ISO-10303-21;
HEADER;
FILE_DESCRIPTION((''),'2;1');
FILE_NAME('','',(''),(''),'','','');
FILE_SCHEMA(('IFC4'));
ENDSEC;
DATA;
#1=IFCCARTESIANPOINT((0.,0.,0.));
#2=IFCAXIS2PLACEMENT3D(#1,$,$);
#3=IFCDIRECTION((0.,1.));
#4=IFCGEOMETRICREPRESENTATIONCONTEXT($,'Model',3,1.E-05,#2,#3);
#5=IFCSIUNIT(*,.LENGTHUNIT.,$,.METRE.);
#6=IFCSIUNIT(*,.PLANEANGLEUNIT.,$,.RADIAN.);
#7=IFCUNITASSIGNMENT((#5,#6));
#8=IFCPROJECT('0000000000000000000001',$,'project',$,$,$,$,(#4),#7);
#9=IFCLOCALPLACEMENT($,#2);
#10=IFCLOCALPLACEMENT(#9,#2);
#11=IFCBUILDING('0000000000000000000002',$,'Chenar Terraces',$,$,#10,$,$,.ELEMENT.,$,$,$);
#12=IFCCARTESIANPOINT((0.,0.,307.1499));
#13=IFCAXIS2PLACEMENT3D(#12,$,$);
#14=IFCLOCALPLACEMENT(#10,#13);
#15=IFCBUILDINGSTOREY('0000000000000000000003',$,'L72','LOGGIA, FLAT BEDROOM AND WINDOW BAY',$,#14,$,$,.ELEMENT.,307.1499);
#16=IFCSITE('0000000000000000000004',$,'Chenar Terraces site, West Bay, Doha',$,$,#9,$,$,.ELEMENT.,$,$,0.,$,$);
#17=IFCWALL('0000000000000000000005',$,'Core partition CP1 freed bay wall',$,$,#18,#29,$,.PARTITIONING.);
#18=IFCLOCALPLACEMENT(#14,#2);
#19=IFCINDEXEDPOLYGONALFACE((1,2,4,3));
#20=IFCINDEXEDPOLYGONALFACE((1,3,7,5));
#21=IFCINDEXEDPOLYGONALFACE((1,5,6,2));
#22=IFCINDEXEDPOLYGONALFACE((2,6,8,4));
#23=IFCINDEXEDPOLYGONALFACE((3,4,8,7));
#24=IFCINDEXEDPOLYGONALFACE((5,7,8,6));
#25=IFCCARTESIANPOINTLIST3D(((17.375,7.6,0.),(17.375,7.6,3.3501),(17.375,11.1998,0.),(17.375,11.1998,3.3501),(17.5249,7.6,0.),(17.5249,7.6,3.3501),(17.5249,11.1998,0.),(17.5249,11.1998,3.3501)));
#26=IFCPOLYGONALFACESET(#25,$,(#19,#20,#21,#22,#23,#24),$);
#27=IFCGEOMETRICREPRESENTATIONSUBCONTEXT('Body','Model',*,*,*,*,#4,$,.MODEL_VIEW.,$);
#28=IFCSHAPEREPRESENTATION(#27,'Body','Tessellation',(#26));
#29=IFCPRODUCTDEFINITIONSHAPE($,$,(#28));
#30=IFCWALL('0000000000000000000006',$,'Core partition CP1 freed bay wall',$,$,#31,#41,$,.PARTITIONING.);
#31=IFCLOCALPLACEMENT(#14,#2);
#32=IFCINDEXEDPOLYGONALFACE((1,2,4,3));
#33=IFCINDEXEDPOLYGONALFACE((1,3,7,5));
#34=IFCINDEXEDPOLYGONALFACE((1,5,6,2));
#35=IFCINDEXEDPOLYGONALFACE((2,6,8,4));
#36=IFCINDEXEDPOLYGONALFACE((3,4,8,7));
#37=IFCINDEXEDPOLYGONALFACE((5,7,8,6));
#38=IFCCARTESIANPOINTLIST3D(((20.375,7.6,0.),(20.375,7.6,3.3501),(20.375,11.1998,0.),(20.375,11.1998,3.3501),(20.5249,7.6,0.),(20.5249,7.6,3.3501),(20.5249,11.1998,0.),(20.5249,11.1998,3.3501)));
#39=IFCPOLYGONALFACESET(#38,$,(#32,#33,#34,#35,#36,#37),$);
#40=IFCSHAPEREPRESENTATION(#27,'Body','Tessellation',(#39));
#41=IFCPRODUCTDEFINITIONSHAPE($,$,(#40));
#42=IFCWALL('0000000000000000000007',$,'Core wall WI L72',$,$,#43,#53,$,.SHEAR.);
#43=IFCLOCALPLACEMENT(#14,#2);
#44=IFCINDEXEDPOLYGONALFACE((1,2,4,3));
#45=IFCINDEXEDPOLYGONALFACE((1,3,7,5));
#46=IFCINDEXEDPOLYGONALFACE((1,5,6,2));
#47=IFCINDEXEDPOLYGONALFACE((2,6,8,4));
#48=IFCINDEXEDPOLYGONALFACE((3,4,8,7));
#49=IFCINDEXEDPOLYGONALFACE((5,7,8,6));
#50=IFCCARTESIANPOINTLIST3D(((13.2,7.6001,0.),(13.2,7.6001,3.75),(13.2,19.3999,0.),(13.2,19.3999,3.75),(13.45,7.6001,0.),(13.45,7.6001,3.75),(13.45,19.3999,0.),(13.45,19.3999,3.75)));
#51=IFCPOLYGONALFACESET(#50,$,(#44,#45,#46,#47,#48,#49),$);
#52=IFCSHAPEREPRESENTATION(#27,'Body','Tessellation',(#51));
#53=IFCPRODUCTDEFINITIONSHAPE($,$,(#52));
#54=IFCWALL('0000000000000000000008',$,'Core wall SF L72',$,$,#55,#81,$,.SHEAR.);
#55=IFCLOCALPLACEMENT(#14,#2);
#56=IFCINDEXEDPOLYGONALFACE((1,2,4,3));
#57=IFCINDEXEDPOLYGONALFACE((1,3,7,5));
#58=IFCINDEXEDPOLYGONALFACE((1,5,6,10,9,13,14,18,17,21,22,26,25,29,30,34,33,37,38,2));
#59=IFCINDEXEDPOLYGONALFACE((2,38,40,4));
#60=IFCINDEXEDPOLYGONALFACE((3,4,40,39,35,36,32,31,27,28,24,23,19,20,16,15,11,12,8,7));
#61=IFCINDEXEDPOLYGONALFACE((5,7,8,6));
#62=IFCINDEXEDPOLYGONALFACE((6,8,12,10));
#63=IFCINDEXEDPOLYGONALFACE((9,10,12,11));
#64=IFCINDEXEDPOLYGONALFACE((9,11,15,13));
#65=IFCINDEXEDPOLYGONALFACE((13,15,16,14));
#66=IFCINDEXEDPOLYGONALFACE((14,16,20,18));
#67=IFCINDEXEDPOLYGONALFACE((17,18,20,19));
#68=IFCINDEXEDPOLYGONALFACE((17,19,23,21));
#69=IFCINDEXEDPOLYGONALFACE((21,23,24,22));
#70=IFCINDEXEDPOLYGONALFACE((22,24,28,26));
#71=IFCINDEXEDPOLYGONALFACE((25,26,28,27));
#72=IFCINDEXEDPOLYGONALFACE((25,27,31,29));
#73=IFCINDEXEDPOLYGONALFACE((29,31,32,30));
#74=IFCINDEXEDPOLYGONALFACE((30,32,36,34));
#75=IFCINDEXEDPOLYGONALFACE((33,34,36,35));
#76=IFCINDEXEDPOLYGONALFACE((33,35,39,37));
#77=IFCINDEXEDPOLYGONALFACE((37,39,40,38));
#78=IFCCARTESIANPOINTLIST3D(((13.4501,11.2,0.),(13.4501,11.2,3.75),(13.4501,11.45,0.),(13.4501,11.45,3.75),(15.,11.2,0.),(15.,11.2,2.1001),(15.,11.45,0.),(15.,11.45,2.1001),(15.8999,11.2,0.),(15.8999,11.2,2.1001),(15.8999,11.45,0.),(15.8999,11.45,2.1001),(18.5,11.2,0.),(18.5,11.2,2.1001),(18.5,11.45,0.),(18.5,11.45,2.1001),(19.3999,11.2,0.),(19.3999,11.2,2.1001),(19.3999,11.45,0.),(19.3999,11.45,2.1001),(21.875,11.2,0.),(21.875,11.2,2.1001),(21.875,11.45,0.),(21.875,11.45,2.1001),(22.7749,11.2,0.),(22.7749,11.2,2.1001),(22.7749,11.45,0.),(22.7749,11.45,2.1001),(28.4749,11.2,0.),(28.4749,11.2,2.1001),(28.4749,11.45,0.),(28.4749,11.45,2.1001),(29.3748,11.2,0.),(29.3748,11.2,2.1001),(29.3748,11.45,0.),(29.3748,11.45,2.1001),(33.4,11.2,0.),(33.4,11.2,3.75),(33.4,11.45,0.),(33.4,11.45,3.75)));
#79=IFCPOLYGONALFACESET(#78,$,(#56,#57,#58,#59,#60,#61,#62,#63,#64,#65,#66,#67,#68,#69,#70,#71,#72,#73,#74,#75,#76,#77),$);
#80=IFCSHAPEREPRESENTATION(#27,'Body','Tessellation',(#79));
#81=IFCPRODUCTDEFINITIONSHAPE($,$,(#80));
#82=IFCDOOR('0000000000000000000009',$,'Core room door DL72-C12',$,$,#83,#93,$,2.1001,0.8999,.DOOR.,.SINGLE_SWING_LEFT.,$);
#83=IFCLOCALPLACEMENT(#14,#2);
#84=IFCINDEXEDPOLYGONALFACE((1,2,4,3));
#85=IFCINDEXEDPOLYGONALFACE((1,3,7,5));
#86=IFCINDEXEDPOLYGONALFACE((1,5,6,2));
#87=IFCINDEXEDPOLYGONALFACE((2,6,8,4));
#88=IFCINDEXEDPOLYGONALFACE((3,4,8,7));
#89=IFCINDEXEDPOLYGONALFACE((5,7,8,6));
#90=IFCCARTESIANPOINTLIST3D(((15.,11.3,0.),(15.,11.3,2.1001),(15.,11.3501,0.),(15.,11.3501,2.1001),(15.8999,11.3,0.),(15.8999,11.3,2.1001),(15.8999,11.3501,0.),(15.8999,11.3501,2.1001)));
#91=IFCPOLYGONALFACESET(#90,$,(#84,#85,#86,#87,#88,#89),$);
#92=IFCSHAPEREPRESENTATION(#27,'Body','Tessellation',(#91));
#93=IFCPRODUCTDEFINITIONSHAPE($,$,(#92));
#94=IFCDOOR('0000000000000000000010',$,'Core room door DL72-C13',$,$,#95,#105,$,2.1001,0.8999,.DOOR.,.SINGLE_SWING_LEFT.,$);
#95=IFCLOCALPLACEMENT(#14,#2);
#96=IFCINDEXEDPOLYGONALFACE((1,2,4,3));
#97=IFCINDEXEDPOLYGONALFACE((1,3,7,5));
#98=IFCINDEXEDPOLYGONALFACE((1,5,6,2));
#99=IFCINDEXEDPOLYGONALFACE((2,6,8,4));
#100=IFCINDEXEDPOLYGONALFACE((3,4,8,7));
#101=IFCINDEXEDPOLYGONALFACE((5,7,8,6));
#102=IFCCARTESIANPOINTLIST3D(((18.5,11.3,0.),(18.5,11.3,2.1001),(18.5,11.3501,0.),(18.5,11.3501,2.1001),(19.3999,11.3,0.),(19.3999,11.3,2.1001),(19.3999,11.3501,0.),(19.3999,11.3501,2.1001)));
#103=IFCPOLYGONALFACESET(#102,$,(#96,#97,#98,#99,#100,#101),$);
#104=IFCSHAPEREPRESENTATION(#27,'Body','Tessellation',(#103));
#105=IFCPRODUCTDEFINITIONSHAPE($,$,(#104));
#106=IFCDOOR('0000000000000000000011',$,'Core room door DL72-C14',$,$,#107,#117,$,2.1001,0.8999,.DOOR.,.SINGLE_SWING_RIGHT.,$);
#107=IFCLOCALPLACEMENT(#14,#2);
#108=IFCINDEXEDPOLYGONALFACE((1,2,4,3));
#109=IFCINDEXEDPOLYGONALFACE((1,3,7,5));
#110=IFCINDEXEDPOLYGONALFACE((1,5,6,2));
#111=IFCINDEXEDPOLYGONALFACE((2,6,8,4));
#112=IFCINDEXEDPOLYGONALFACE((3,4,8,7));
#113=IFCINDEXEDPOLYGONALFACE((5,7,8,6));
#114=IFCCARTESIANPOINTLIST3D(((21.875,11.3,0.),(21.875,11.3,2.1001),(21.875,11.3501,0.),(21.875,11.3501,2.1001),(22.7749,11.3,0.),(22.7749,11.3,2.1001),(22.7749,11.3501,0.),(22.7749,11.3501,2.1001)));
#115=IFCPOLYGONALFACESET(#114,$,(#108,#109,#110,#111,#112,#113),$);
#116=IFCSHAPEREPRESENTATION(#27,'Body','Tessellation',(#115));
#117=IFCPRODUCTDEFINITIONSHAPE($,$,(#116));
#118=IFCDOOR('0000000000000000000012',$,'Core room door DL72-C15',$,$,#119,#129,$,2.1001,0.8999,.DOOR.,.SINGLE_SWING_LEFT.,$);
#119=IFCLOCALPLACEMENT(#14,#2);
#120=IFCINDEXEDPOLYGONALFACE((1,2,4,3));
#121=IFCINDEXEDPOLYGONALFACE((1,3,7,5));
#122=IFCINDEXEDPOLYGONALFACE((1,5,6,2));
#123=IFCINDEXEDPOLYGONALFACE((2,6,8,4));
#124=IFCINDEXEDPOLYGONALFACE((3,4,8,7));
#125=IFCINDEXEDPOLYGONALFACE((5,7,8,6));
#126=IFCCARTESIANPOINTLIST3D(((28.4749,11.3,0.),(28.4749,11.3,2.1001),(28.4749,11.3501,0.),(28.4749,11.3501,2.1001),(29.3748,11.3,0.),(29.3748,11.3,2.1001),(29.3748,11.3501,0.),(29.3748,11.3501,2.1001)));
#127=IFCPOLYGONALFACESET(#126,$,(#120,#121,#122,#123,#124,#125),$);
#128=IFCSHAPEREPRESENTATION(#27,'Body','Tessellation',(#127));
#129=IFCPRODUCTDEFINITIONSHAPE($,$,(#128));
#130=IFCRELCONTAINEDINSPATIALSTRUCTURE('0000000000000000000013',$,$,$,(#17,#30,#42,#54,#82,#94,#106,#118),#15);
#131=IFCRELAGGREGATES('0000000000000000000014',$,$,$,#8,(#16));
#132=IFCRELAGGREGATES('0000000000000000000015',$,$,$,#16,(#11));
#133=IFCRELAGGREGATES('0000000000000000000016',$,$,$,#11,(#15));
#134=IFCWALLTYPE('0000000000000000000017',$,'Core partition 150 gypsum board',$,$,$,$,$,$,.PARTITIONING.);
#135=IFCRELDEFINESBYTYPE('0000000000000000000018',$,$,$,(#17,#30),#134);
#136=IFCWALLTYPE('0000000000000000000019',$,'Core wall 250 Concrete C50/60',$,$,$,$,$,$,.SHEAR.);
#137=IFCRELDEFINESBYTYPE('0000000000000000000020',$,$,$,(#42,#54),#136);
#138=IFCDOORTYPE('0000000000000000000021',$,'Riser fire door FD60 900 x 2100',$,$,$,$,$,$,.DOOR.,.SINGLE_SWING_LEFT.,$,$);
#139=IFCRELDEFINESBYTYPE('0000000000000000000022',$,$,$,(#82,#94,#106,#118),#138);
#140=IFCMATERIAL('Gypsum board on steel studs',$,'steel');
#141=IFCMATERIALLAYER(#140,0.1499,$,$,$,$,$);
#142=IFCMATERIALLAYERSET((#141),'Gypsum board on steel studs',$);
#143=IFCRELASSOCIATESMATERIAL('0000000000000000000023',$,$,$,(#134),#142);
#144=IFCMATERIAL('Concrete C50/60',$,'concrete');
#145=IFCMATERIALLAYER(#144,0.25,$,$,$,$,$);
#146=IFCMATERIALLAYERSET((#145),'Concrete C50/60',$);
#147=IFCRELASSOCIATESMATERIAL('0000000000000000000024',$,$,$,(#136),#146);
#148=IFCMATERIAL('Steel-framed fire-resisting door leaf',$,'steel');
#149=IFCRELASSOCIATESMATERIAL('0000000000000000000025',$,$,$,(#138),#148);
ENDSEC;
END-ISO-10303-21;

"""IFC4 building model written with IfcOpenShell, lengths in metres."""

from ifc_helpers import new_model, si_unit, direction, frame, frame_2d, origin, place, context, subcontext, project, spatial, rectangle, extrude, material, layer, layer_set, type_object, element, fill, save


model = new_model("IFC4")

# Units and contexts
model_context = context("Model", 3, precision=1e-05, world=origin(), true_north=direction((0.0, 1.0)))
body_context = subcontext(model_context, "Body", "Model", "MODEL_VIEW")
ifc_project = project(units=[si_unit("LENGTHUNIT", "METRE"), si_unit("PLANEANGLEUNIT", "RADIAN")], contexts=[model_context])

# Site, building, storey
site_placement = place(None, origin())
site = spatial("IfcSite", under=ifc_project, at=site_placement, Name="Chenar Terraces site, West Bay, Doha", CompositionType="ELEMENT", RefElevation=0.0)
building_placement = place(site_placement, origin())
building = spatial("IfcBuilding", under=site, at=building_placement, Name="Chenar Terraces", CompositionType="ELEMENT")
storey_placement = place(building_placement, frame((0.0, 0.0, 307.1499)))
storey = spatial("IfcBuildingStorey", under=building, at=storey_placement, Name="L72", Description="LOGGIA, FLAT BEDROOM AND WINDOW BAY", CompositionType="ELEMENT", Elevation=307.1499)

# Walls
ifc_material_1 = material(Name="Gypsum board on steel studs", Category="steel")
ifc_layer_1 = layer(ifc_material_1, 0.1499)
ifc_layer_set_1 = layer_set([ifc_layer_1], Name="Gypsum board on steel studs")
wall_type_1 = type_object("IfcWallType", Name="Core partition 150 gypsum board", PredefinedType="PARTITIONING", material=ifc_layer_set_1)
for number, where, z_axis, x_axis, name in (
    (1, (17.45, 7.6001, 0.0), (0.0, 0.0, 1.0), (0.0, 1.0, 0.0), "Core partition CP1 freed bay wall"),
    (2, (20.45, 7.6001, 0.0), (0.0, 0.0, 1.0), (0.0, 1.0, 0.0), "Core partition CP1 freed bay wall"),
):
    element("IfcWall", number, at=place(storey_placement, frame(where, z_axis=z_axis, x_axis=x_axis)), inside=storey, type_object=wall_type_1, Name=name, PredefinedType="PARTITIONING", context=body_context, shape_type="SweptSolid", body=[
        extrude(rectangle(XDim=3.5999, YDim=0.1499, at=frame_2d((1.7998, 0.0))), origin(), (0.0, 0.0, 1.0), 3.3501),
    ])
ifc_material_2 = material(Name="Concrete C50/60", Category="concrete")
ifc_layer_2 = layer(ifc_material_2, 0.25)
ifc_layer_set_2 = layer_set([ifc_layer_2], Name="Concrete C50/60")
wall_type_2 = type_object("IfcWallType", Name="Core wall 250 Concrete C50/60", PredefinedType="SHEAR", material=ifc_layer_set_2)
wall_1_placement = place(storey_placement, frame((13.325, 7.6001, 0.0), z_axis=(0.0, 0.0, 1.0), x_axis=(0.0, 1.0, 0.0)))
element("IfcWall", 3, at=wall_1_placement, inside=storey, type_object=wall_type_2, Name="Core wall WI L72", PredefinedType="SHEAR", context=body_context, shape_type="SweptSolid", body=[
    extrude(rectangle(XDim=11.7998, YDim=0.25, at=frame_2d((5.8999, 0.0))), origin(), (0.0, 0.0, 1.0), 3.75),
])

# Wall, openings, doors
wall_2_placement = place(storey_placement, frame((13.45, 11.325, 0.0), z_axis=(0.0, 0.0, 1.0), x_axis=(1.0, 0.0, 0.0)))
wall_2 = element("IfcWall", 4, at=wall_2_placement, inside=storey, type_object=wall_type_2, Name="Core wall SF L72", PredefinedType="SHEAR", context=body_context, shape_type="SweptSolid", body=[
    extrude(rectangle(XDim=19.95, YDim=0.25, at=frame_2d((9.9751, 0.0))), origin(), (0.0, 0.0, 1.0), 3.75),
])
opening_1_placement = place(wall_2_placement, frame((1.55, 0.0, 0.0)))
opening_1 = element("IfcOpeningElement", 5, at=opening_1_placement, cuts=wall_2, PredefinedType="OPENING", context=body_context, shape_type="SweptSolid", body=[
    extrude(rectangle(XDim=0.8999, YDim=2.1001, at=frame_2d((0.45, 1.05))), frame((0.0, 0.135, 0.0), z_axis=(0.0, -1.0, 0.0), x_axis=(1.0, 0.0, 0.0)), (0.0, 0.0, 1.0), 0.27),
])
opening_2_placement = place(wall_2_placement, frame((5.05, 0.0, 0.0)))
opening_2 = element("IfcOpeningElement", 6, at=opening_2_placement, cuts=wall_2, PredefinedType="OPENING", context=body_context, shape_type="SweptSolid", body=[
    extrude(rectangle(XDim=0.8999, YDim=2.1001, at=frame_2d((0.45, 1.05))), frame((0.0, 0.135, 0.0), z_axis=(0.0, -1.0, 0.0), x_axis=(1.0, 0.0, 0.0)), (0.0, 0.0, 1.0), 0.27),
])
opening_3_placement = place(wall_2_placement, frame((8.425, 0.0, 0.0)))
opening_3 = element("IfcOpeningElement", 7, at=opening_3_placement, cuts=wall_2, PredefinedType="OPENING", context=body_context, shape_type="SweptSolid", body=[
    extrude(rectangle(XDim=0.8999, YDim=2.1001, at=frame_2d((0.45, 1.05))), frame((0.0, 0.135, 0.0), z_axis=(0.0, -1.0, 0.0), x_axis=(1.0, 0.0, 0.0)), (0.0, 0.0, 1.0), 0.27),
])
opening_4_placement = place(wall_2_placement, frame((15.0249, 0.0, 0.0)))
opening_4 = element("IfcOpeningElement", 8, at=opening_4_placement, cuts=wall_2, PredefinedType="OPENING", context=body_context, shape_type="SweptSolid", body=[
    extrude(rectangle(XDim=0.8999, YDim=2.1001, at=frame_2d((0.45, 1.05))), frame((0.0, 0.135, 0.0), z_axis=(0.0, -1.0, 0.0), x_axis=(1.0, 0.0, 0.0)), (0.0, 0.0, 1.0), 0.27),
])
ifc_material_3 = material(Name="Steel-framed fire-resisting door leaf", Category="steel")
door_type_1 = type_object("IfcDoorType", Name="Riser fire door FD60 900 x 2100", OperationType="SINGLE_SWING_LEFT", PredefinedType="DOOR", material=ifc_material_3)
door_1_placement = place(opening_1_placement, frame((0.8999, 0.0, 0.0), z_axis=(0.0, 0.0, 1.0), x_axis=(-1.0, 0.0, 0.0)))
door_1 = element("IfcDoor", 9, at=door_1_placement, inside=storey, type_object=door_type_1, Name="Core room door DL72-C12", OperationType="SINGLE_SWING_LEFT", OverallHeight=2.1001, OverallWidth=0.8999, PredefinedType="DOOR", context=body_context, shape_type="SweptSolid", body=[
    extrude(rectangle(XDim=0.8999, YDim=2.1001, at=frame_2d((0.45, 1.05))), frame((0.0, 0.0249, 0.0), z_axis=(0.0, -1.0, 0.0), x_axis=(1.0, 0.0, 0.0)), (0.0, 0.0, 1.0), 0.05),
])
fill(opening_1, door_1)
door_2_placement = place(opening_2_placement, frame((0.8999, 0.0, 0.0), z_axis=(0.0, 0.0, 1.0), x_axis=(-1.0, 0.0, 0.0)))
door_2 = element("IfcDoor", 10, at=door_2_placement, inside=storey, type_object=door_type_1, Name="Core room door DL72-C13", OperationType="SINGLE_SWING_LEFT", OverallHeight=2.1001, OverallWidth=0.8999, PredefinedType="DOOR", context=body_context, shape_type="SweptSolid", body=[
    extrude(rectangle(XDim=0.8999, YDim=2.1001, at=frame_2d((0.45, 1.05))), frame((0.0, 0.0249, 0.0), z_axis=(0.0, -1.0, 0.0), x_axis=(1.0, 0.0, 0.0)), (0.0, 0.0, 1.0), 0.05),
])
fill(opening_2, door_2)
door_3_placement = place(opening_3_placement, frame((0.8999, 0.0, 0.0), z_axis=(0.0, 0.0, 1.0), x_axis=(-1.0, 0.0, 0.0)))
door_3 = element("IfcDoor", 11, at=door_3_placement, inside=storey, type_object=door_type_1, Name="Core room door DL72-C14", OperationType="SINGLE_SWING_RIGHT", OverallHeight=2.1001, OverallWidth=0.8999, PredefinedType="DOOR", context=body_context, shape_type="SweptSolid", body=[
    extrude(rectangle(XDim=0.8999, YDim=2.1001, at=frame_2d((0.45, 1.05))), frame((0.0, 0.0249, 0.0), z_axis=(0.0, -1.0, 0.0), x_axis=(1.0, 0.0, 0.0)), (0.0, 0.0, 1.0), 0.05),
])
fill(opening_3, door_3)
door_4_placement = place(opening_4_placement, frame((0.8999, 0.0, 0.0), z_axis=(0.0, 0.0, 1.0), x_axis=(-1.0, 0.0, 0.0)))
door_4 = element("IfcDoor", 12, at=door_4_placement, inside=storey, type_object=door_type_1, Name="Core room door DL72-C15", OperationType="SINGLE_SWING_LEFT", OverallHeight=2.1001, OverallWidth=0.8999, PredefinedType="DOOR", context=body_context, shape_type="SweptSolid", body=[
    extrude(rectangle(XDim=0.8999, YDim=2.1001, at=frame_2d((0.45, 1.05))), frame((0.0, 0.0249, 0.0), z_axis=(0.0, -1.0, 0.0), x_axis=(1.0, 0.0, 0.0)), (0.0, 0.0, 1.0), 0.05),
])
fill(opening_4, door_4)

save(model, "model.ifc")
